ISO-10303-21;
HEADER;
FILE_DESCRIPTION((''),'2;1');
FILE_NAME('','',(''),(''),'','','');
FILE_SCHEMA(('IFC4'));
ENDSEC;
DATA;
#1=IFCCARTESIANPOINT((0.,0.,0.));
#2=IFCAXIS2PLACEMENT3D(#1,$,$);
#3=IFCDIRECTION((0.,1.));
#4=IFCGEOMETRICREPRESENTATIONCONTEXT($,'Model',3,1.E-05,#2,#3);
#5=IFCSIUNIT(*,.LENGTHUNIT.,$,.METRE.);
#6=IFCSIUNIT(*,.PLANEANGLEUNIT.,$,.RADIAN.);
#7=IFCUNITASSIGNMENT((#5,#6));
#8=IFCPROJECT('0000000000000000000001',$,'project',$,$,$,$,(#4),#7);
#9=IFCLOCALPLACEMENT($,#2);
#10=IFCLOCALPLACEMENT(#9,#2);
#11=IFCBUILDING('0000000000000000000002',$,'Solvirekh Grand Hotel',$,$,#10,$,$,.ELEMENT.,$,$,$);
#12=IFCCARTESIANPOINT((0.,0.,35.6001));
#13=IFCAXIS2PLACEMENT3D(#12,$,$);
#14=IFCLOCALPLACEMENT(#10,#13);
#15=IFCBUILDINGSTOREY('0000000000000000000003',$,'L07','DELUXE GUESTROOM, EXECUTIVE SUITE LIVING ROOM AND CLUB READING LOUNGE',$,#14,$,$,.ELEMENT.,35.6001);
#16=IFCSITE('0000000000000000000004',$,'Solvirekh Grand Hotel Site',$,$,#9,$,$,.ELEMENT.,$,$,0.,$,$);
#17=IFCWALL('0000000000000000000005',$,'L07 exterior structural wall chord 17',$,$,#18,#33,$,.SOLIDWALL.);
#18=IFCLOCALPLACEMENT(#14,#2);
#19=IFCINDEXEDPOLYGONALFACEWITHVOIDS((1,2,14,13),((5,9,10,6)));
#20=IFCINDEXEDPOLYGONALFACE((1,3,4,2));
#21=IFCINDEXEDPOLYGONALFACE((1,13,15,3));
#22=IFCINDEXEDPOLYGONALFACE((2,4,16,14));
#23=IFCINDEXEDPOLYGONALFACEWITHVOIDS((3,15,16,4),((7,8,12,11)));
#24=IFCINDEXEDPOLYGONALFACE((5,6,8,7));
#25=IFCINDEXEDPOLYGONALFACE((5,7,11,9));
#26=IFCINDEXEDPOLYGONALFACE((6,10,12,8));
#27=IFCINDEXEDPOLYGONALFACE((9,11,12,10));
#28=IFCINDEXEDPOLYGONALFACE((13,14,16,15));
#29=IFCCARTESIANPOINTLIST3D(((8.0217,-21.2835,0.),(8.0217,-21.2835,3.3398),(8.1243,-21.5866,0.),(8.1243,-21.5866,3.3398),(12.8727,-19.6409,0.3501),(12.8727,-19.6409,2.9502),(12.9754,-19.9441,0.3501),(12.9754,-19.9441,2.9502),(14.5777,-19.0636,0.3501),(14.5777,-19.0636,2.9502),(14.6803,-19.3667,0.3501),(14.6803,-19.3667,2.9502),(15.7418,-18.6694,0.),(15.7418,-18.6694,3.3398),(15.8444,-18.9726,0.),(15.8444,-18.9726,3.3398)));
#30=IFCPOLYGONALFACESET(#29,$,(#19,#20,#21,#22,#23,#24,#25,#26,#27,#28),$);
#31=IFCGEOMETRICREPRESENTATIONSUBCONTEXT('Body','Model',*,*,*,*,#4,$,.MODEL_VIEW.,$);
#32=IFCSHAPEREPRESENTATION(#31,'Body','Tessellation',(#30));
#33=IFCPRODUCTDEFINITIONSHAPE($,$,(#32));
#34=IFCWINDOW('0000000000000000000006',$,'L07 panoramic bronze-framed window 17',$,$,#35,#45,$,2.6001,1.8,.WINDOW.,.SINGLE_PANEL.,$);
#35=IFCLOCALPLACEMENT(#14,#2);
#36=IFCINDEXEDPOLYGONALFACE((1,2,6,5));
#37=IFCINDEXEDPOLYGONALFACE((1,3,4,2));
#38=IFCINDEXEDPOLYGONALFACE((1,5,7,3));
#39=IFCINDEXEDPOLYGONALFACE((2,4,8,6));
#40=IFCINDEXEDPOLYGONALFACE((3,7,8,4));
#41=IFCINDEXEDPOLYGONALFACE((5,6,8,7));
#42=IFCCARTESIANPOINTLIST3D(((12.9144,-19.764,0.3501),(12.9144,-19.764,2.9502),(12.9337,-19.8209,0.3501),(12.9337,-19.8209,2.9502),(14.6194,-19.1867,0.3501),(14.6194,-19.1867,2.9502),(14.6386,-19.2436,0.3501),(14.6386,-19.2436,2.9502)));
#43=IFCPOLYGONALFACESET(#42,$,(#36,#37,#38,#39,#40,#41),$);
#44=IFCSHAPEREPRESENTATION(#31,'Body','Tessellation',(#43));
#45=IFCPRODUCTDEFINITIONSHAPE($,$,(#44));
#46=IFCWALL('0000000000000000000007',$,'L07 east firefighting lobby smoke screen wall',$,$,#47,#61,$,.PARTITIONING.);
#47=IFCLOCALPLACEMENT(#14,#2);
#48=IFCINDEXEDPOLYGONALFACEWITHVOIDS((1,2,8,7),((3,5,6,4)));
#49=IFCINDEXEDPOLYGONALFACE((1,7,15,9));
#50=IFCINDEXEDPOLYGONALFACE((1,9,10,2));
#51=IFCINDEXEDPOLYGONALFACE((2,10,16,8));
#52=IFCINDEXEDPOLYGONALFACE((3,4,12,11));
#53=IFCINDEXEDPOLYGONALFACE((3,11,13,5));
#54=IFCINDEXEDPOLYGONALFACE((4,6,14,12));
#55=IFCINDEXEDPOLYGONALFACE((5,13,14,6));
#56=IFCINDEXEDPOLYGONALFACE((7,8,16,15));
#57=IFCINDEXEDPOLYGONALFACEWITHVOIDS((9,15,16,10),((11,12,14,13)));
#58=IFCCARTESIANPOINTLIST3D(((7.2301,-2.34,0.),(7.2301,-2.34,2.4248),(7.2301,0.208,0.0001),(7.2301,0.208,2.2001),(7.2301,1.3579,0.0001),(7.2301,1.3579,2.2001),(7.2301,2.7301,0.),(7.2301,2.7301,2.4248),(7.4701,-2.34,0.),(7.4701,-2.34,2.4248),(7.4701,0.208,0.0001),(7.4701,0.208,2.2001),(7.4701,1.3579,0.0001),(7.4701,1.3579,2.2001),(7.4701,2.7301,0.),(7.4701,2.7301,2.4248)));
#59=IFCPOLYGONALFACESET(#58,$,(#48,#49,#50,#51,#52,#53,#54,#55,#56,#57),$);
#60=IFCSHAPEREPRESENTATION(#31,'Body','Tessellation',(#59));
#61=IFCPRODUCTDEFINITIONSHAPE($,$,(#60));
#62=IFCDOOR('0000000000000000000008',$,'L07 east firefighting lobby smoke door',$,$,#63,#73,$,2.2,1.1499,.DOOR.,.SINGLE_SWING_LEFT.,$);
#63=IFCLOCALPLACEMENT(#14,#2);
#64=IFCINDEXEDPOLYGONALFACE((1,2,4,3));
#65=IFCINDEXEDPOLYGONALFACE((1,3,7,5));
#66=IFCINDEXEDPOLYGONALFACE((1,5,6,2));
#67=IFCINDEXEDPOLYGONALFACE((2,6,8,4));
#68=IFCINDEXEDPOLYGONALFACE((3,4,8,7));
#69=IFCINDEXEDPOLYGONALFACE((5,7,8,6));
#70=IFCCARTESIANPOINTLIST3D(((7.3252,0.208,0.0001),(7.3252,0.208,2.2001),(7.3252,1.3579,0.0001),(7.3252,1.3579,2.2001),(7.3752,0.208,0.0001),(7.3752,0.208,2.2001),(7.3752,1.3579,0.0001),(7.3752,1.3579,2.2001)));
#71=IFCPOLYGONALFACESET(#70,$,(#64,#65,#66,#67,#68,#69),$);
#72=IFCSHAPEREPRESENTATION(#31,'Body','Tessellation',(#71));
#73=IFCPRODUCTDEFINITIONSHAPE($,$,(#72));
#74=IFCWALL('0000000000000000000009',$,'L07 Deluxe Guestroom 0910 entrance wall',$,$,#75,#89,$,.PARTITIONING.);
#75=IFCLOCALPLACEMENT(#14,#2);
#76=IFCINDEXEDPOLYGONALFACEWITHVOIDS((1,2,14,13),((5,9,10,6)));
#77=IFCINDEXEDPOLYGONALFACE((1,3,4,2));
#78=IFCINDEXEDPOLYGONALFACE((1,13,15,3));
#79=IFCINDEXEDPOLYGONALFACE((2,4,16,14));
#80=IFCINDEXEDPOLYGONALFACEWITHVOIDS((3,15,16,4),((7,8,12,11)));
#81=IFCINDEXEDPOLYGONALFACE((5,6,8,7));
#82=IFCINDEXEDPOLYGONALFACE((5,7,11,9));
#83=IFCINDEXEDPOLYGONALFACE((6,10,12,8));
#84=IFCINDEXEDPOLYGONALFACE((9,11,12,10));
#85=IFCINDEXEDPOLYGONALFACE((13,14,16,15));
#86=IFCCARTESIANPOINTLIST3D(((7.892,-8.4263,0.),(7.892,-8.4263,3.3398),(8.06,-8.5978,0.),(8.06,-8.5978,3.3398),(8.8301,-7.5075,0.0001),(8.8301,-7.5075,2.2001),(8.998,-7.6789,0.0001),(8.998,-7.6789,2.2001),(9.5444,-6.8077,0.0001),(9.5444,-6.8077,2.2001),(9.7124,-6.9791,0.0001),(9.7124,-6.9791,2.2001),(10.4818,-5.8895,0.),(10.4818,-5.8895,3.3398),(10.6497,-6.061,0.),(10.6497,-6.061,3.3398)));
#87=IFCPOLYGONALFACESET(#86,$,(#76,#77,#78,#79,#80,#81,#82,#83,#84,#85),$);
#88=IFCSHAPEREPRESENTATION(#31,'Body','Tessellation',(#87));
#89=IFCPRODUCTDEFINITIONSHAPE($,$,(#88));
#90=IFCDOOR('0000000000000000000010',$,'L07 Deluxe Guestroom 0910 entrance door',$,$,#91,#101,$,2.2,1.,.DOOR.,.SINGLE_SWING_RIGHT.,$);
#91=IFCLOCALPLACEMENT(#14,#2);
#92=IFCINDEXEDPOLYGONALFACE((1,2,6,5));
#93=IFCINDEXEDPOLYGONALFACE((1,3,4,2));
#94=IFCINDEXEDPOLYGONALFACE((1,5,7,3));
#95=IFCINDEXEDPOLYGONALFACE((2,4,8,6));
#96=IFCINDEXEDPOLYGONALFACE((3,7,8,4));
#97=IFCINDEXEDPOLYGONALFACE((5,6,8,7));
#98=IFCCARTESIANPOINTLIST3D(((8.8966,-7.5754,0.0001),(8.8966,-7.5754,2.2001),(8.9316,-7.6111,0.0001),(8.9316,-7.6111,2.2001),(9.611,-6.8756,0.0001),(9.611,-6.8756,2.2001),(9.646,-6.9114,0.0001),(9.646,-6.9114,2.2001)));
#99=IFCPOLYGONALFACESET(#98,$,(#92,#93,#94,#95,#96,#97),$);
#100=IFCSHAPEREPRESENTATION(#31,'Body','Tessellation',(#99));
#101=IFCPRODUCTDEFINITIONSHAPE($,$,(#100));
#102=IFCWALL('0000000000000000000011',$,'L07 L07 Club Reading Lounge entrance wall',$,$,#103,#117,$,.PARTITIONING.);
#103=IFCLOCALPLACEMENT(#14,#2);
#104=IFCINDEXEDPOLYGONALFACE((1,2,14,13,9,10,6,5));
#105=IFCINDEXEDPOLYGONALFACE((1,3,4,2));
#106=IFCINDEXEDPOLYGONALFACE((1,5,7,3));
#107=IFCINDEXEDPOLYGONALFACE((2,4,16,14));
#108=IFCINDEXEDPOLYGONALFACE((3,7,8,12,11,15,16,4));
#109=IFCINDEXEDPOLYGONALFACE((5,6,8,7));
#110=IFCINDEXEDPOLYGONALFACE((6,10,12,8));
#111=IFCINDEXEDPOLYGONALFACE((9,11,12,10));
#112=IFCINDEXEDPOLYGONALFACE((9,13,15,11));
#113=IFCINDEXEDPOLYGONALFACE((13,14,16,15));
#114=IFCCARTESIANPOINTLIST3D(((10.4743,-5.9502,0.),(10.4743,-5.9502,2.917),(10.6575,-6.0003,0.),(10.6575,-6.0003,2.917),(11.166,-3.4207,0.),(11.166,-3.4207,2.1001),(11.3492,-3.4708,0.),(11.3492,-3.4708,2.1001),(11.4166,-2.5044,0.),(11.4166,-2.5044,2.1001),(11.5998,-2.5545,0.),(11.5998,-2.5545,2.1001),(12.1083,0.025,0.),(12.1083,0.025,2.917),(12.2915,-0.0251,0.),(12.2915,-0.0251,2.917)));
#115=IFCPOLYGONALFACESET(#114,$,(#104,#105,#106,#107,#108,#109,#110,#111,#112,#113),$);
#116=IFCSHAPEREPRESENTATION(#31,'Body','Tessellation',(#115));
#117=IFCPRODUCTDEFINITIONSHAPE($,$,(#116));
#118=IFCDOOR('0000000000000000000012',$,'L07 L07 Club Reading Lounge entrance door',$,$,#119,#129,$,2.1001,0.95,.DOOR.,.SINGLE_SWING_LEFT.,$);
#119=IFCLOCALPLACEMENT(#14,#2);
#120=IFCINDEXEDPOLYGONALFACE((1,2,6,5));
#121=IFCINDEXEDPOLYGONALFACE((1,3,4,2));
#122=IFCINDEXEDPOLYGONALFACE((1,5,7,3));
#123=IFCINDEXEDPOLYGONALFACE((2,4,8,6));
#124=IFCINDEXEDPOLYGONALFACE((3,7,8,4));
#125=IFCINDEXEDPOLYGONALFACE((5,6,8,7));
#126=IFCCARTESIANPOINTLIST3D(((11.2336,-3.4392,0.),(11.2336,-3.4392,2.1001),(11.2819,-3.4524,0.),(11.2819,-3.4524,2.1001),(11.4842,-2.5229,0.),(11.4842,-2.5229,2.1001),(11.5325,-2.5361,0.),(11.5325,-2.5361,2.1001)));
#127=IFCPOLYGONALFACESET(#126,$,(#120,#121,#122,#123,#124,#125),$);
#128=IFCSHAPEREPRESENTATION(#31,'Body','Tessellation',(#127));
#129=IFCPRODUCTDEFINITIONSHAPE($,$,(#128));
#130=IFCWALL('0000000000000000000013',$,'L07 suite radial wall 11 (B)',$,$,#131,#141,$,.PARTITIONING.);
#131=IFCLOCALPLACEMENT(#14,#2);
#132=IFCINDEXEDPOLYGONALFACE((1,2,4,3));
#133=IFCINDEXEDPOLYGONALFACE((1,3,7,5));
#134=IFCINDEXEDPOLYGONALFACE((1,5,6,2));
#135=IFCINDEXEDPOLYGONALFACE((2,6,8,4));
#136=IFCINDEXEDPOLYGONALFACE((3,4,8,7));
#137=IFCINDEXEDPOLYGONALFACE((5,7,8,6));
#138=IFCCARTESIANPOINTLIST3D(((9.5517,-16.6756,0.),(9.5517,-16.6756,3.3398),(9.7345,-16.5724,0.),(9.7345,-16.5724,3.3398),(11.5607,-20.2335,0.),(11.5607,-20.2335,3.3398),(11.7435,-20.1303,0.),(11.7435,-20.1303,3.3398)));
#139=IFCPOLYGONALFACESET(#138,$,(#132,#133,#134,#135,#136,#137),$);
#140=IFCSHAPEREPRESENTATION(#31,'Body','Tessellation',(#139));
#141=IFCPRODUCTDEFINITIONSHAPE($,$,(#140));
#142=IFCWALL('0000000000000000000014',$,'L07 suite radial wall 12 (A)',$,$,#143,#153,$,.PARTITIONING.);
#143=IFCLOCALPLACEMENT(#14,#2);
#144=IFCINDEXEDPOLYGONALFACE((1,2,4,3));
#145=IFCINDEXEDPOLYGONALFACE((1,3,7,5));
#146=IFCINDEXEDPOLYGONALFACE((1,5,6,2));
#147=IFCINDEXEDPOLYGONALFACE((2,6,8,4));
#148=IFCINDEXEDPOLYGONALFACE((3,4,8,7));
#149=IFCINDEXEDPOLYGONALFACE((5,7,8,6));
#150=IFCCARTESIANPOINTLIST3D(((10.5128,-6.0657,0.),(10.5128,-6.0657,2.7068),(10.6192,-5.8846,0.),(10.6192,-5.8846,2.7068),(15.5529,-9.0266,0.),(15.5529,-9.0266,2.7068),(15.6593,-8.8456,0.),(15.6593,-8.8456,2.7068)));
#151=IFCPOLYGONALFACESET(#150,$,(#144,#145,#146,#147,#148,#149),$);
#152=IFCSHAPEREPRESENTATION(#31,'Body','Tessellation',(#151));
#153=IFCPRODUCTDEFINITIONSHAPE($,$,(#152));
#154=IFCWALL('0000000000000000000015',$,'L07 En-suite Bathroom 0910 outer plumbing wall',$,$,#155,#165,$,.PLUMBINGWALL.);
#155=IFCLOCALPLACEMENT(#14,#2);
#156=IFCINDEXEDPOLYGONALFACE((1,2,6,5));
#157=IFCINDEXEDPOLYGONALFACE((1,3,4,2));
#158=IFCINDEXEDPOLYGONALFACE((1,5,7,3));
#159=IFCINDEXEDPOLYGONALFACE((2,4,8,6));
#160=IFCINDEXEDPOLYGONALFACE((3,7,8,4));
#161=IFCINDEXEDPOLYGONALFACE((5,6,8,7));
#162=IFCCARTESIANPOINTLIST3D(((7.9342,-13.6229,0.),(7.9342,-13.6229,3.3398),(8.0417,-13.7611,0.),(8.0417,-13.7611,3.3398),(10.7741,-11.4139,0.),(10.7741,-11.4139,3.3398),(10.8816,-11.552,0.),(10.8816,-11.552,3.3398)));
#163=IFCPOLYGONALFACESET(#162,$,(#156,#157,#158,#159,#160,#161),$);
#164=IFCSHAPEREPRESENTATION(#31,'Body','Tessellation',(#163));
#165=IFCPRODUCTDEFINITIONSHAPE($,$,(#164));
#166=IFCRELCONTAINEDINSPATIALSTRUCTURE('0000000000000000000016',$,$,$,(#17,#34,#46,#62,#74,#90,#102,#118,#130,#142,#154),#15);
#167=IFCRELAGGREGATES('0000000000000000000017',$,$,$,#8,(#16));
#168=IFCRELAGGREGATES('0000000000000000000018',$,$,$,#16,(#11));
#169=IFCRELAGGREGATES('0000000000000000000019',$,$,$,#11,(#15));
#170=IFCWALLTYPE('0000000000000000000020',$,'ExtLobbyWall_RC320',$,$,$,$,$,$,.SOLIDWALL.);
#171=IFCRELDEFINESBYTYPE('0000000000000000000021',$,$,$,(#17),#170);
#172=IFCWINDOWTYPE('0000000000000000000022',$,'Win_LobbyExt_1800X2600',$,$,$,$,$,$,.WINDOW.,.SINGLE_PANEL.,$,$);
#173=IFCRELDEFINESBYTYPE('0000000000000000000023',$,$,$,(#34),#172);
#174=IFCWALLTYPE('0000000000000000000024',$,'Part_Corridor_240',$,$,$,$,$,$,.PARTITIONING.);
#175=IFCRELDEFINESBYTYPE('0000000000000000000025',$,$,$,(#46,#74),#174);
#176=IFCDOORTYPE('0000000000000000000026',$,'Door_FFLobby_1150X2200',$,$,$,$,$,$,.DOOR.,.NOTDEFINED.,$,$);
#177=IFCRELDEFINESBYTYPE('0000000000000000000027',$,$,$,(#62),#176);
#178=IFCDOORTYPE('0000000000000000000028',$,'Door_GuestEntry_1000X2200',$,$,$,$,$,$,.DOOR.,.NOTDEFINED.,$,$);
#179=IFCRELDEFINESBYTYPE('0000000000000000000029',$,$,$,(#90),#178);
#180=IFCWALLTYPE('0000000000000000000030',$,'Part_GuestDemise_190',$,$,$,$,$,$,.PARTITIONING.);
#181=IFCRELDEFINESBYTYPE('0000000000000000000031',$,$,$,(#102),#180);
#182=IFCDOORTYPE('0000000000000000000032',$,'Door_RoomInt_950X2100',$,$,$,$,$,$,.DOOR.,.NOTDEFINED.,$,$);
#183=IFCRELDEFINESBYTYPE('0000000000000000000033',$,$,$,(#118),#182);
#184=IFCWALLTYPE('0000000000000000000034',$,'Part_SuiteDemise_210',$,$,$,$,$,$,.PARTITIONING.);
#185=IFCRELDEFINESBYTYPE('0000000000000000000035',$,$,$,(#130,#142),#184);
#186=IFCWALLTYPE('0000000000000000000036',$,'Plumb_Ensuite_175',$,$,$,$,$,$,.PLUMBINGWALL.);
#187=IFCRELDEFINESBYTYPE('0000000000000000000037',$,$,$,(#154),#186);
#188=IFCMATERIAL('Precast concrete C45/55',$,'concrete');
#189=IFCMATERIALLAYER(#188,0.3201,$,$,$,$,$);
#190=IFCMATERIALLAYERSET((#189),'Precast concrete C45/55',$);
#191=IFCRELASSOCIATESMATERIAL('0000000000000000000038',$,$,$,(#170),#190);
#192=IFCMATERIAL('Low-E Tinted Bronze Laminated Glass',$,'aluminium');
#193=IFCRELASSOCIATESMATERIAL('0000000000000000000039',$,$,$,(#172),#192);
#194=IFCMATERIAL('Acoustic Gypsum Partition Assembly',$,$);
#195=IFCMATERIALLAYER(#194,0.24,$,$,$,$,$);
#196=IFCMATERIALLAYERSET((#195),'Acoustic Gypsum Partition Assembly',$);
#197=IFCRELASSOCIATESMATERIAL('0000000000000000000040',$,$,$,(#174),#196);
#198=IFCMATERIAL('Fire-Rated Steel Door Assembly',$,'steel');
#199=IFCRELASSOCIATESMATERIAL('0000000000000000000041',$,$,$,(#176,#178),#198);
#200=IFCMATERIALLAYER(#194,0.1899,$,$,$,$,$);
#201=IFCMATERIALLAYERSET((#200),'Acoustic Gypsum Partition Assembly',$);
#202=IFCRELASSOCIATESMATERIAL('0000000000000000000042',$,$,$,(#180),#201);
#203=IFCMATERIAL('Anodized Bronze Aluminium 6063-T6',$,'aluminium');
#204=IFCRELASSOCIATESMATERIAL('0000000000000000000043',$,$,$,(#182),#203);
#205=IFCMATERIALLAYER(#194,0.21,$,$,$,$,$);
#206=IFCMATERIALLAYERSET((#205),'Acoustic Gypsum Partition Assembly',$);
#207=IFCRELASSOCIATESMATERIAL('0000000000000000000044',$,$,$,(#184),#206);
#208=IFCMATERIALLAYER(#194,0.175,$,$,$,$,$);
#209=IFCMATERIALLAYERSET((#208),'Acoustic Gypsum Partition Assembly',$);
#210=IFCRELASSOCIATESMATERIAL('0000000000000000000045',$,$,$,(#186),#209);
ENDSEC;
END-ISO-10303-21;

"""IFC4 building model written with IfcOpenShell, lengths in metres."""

from ifc_helpers import new_model, si_unit, direction, frame, frame_2d, origin, place, context, subcontext, project, spatial, rectangle, extrude, material, layer, layer_set, type_object, element, fill, save


model = new_model("IFC4")

# Units and contexts
model_context = context("Model", 3, precision=1e-05, world=origin(), true_north=direction((0.0, 1.0)))
body_context = subcontext(model_context, "Body", "Model", "MODEL_VIEW")
ifc_project = project(units=[si_unit("LENGTHUNIT", "METRE"), si_unit("PLANEANGLEUNIT", "RADIAN")], contexts=[model_context])

# Site, building, storey
site_placement = place(None, origin())
site = spatial("IfcSite", under=ifc_project, at=site_placement, Name="Solvirekh Grand Hotel Site", CompositionType="ELEMENT", RefElevation=0.0)
building_placement = place(site_placement, origin())
building = spatial("IfcBuilding", under=site, at=building_placement, Name="Solvirekh Grand Hotel", CompositionType="ELEMENT")
storey_placement = place(building_placement, frame((0.0, 0.0, 35.6001)))
storey = spatial("IfcBuildingStorey", under=building, at=storey_placement, Name="L07", Description="DELUXE GUESTROOM, EXECUTIVE SUITE LIVING ROOM AND CLUB READING LOUNGE", CompositionType="ELEMENT", Elevation=35.6001)

# Wall, opening, window
ifc_material_1 = material(Name="Precast concrete C45/55", Category="concrete")
ifc_layer_1 = layer(ifc_material_1, 0.3201)
ifc_layer_set_1 = layer_set([ifc_layer_1], Name="Precast concrete C45/55")
wall_type_1 = type_object("IfcWallType", Name="ExtLobbyWall_RC320", PredefinedType="SOLIDWALL", material=ifc_layer_set_1)
ifc_material_2 = material(Name="Low-E Tinted Bronze Laminated Glass", Category="aluminium")
window_type = type_object("IfcWindowType", Name="Win_LobbyExt_1800X2600", PartitioningType="SINGLE_PANEL", PredefinedType="WINDOW", material=ifc_material_2)
wall_1_placement = place(storey_placement, frame((15.793, -18.821, 0.0), z_axis=(0.0, 0.0, 1.0), x_axis=(-0.947175, -0.320717, 0.0)))
wall_1 = element("IfcWall", 1, at=wall_1_placement, inside=storey, type_object=wall_type_1, Name="L07 exterior structural wall chord 17", PredefinedType="SOLIDWALL", context=body_context, shape_type="SweptSolid", body=[
    extrude(rectangle(XDim=8.1506, YDim=0.3201, at=frame_2d((4.0752, 0.0))), origin(), (0.0, 0.0, 1.0), 3.3398),
])
opening_1_placement = place(wall_1_placement, frame((1.229, 0.0, 0.3501)))
opening_1 = element("IfcOpeningElement", 2, at=opening_1_placement, cuts=wall_1, PredefinedType="OPENING", context=body_context, shape_type="SweptSolid", body=[
    extrude(rectangle(XDim=1.8, YDim=2.6001, at=frame_2d((0.8999, 1.3))), frame((0.0, 0.1699, 0.0), z_axis=(0.0, -1.0, 0.0), x_axis=(1.0, 0.0, 0.0)), (0.0, 0.0, 1.0), 0.3401),
])
window_1_placement = place(opening_1_placement, origin())
window_1 = element("IfcWindow", 3, at=window_1_placement, inside=storey, type_object=window_type, Name="L07 panoramic bronze-framed window 17", OverallHeight=2.6001, OverallWidth=1.8, PartitioningType="SINGLE_PANEL", PredefinedType="WINDOW", context=body_context, shape_type="SweptSolid", body=[
    extrude(rectangle(XDim=1.8, YDim=2.6001, at=frame_2d((0.8999, 1.3))), frame((0.0, 0.03, 0.0), z_axis=(0.0, -1.0, 0.0), x_axis=(1.0, 0.0, 0.0)), (0.0, 0.0, 1.0), 0.0601),
])
fill(opening_1, window_1)

# Walls, openings, doors
ifc_material_3 = material(Name="Acoustic Gypsum Partition Assembly")
ifc_layer_2 = layer(ifc_material_3, 0.24)
ifc_layer_set_2 = layer_set([ifc_layer_2], Name="Acoustic Gypsum Partition Assembly")
wall_type_2 = type_object("IfcWallType", Name="Part_Corridor_240", PredefinedType="PARTITIONING", material=ifc_layer_set_2)
wall_2_placement = place(storey_placement, frame((7.3501, -2.3401, 0.0), z_axis=(0.0, 0.0, 1.0), x_axis=(0.0, 1.0, 0.0)))
wall_2 = element("IfcWall", 4, at=wall_2_placement, inside=storey, type_object=wall_type_2, Name="L07 east firefighting lobby smoke screen wall", PredefinedType="PARTITIONING", context=body_context, shape_type="SweptSolid", body=[
    extrude(rectangle(XDim=5.0701, YDim=0.24, at=frame_2d((2.5352, 0.0))), origin(), (0.0, 0.0, 1.0), 2.4248),
])
opening_2_placement = place(wall_2_placement, frame((2.5481, 0.0, 0.0)))
opening_2 = element("IfcOpeningElement", 5, at=opening_2_placement, cuts=wall_2, PredefinedType="OPENING", context=body_context, shape_type="SweptSolid", body=[
    extrude(rectangle(XDim=1.1499, YDim=2.2, at=frame_2d((0.575, 1.1001))), frame((0.0, 0.1299, 0.0), z_axis=(0.0, -1.0, 0.0), x_axis=(1.0, 0.0, 0.0)), (0.0, 0.0, 1.0), 0.26),
])
ifc_material_4 = material(Name="Fire-Rated Steel Door Assembly", Category="steel")
door_type_1 = type_object("IfcDoorType", Name="Door_FFLobby_1150X2200", OperationType="NOTDEFINED", PredefinedType="DOOR", material=ifc_material_4)
door_1_placement = place(opening_2_placement, origin())
door_1 = element("IfcDoor", 6, at=door_1_placement, inside=storey, type_object=door_type_1, Name="L07 east firefighting lobby smoke door", OperationType="SINGLE_SWING_LEFT", OverallHeight=2.2, OverallWidth=1.1499, PredefinedType="DOOR", context=body_context, shape_type="SweptSolid", body=[
    extrude(rectangle(XDim=1.1499, YDim=2.2, at=frame_2d((0.575, 1.1001))), frame((0.0, 0.0249, 0.0), z_axis=(0.0, -1.0, 0.0), x_axis=(1.0, 0.0, 0.0)), (0.0, 0.0, 1.0), 0.05),
])
fill(opening_2, door_1)
wall_3_placement = place(storey_placement, frame((7.9761, -8.512, 0.0), z_axis=(0.0, 0.0, 1.0), x_axis=(0.714376, 0.699762, 0.0)))
wall_3 = element("IfcWall", 7, at=wall_3_placement, inside=storey, type_object=wall_type_2, Name="L07 Deluxe Guestroom 0910 entrance wall", PredefinedType="PARTITIONING", context=body_context, shape_type="SweptSolid", body=[
    extrude(rectangle(XDim=3.6252, YDim=0.24, at=frame_2d((1.8125, 0.0))), origin(), (0.0, 0.0, 1.0), 3.3398),
])
opening_3_placement = place(wall_3_placement, frame((1.313, 0.0, 0.0)))
opening_3 = element("IfcOpeningElement", 8, at=opening_3_placement, cuts=wall_3, PredefinedType="OPENING", context=body_context, shape_type="SweptSolid", body=[
    extrude(rectangle(XDim=1.0, YDim=2.2, at=frame_2d((0.5, 1.1001))), frame((0.0, 0.1299, 0.0), z_axis=(0.0, -1.0, 0.0), x_axis=(1.0, 0.0, 0.0)), (0.0, 0.0, 1.0), 0.26),
])
door_type_2 = type_object("IfcDoorType", Name="Door_GuestEntry_1000X2200", OperationType="NOTDEFINED", PredefinedType="DOOR", material=ifc_material_4)
door_2_placement = place(opening_3_placement, origin())
door_2 = element("IfcDoor", 9, at=door_2_placement, inside=storey, type_object=door_type_2, Name="L07 Deluxe Guestroom 0910 entrance door", OperationType="SINGLE_SWING_RIGHT", OverallHeight=2.2, OverallWidth=1.0, PredefinedType="DOOR", context=body_context, shape_type="SweptSolid", body=[
    extrude(rectangle(XDim=1.0, YDim=2.2, at=frame_2d((0.5, 1.1001))), frame((0.0, 0.0249, 0.0), z_axis=(0.0, -1.0, 0.0), x_axis=(1.0, 0.0, 0.0)), (0.0, 0.0, 1.0), 0.05),
])
fill(opening_3, door_2)
ifc_layer_3 = layer(ifc_material_3, 0.1899)
ifc_layer_set_3 = layer_set([ifc_layer_3], Name="Acoustic Gypsum Partition Assembly")
wall_type_3 = type_object("IfcWallType", Name="Part_GuestDemise_190", PredefinedType="PARTITIONING", material=ifc_layer_set_3)
wall_4_placement = place(storey_placement, frame((10.5659, -5.9751, 0.0), z_axis=(0.0, 0.0, 1.0), x_axis=(0.263788, 0.964581, 0.0)))
wall_4 = element("IfcWall", 10, at=wall_4_placement, inside=storey, type_object=wall_type_3, Name="L07 L07 Club Reading Lounge entrance wall", PredefinedType="PARTITIONING", context=body_context, shape_type="SweptSolid", body=[
    extrude(rectangle(XDim=6.1946, YDim=0.1899, at=frame_2d((3.0972, 0.0))), origin(), (0.0, 0.0, 1.0), 2.917),
])
opening_4_placement = place(wall_4_placement, frame((2.6221, 0.0, 0.0)))
opening_4 = element("IfcOpeningElement", 11, at=opening_4_placement, cuts=wall_4, PredefinedType="OPENING", context=body_context, shape_type="SweptSolid", body=[
    extrude(rectangle(XDim=0.95, YDim=2.1001, at=frame_2d((0.4751, 1.05))), frame((0.0, 0.105, 0.0), z_axis=(0.0, -1.0, 0.0), x_axis=(1.0, 0.0, 0.0)), (0.0, 0.0, 1.0), 0.21),
])
ifc_material_5 = material(Name="Anodized Bronze Aluminium 6063-T6", Category="aluminium")
door_type_3 = type_object("IfcDoorType", Name="Door_RoomInt_950X2100", OperationType="NOTDEFINED", PredefinedType="DOOR", material=ifc_material_5)
door_3_placement = place(opening_4_placement, origin())
door_3 = element("IfcDoor", 12, at=door_3_placement, inside=storey, type_object=door_type_3, Name="L07 L07 Club Reading Lounge entrance door", OperationType="SINGLE_SWING_LEFT", OverallHeight=2.1001, OverallWidth=0.95, PredefinedType="DOOR", context=body_context, shape_type="SweptSolid", body=[
    extrude(rectangle(XDim=0.95, YDim=2.1001, at=frame_2d((0.4751, 1.05))), frame((0.0, 0.0249, 0.0), z_axis=(0.0, -1.0, 0.0), x_axis=(1.0, 0.0, 0.0)), (0.0, 0.0, 1.0), 0.05),
])
fill(opening_4, door_3)

# Walls
ifc_layer_4 = layer(ifc_material_3, 0.21)
ifc_layer_set_4 = layer_set([ifc_layer_4], Name="Acoustic Gypsum Partition Assembly")
wall_type_4 = type_object("IfcWallType", Name="Part_SuiteDemise_210", PredefinedType="PARTITIONING", material=ifc_layer_set_4)
wall_5_placement = place(storey_placement, frame((9.6431, -16.624, 0.0), z_axis=(0.0, 0.0, 1.0), x_axis=(0.491699, -0.870765, 0.0)))
element("IfcWall", 13, at=wall_5_placement, inside=storey, type_object=wall_type_4, Name="L07 suite radial wall 11 (B)", PredefinedType="PARTITIONING", context=body_context, shape_type="SweptSolid", body=[
    extrude(rectangle(XDim=4.0859, YDim=0.21, at=frame_2d((2.043, 0.0))), origin(), (0.0, 0.0, 1.0), 3.3398),
])
wall_6_placement = place(storey_placement, frame((10.5659, -5.9751, 0.0), z_axis=(0.0, 0.0, 1.0), x_axis=(0.862218, -0.506538, 0.0)))
element("IfcWall", 14, at=wall_6_placement, inside=storey, type_object=wall_type_4, Name="L07 suite radial wall 12 (A)", PredefinedType="PARTITIONING", context=body_context, shape_type="SweptSolid", body=[
    extrude(rectangle(XDim=5.8455, YDim=0.21, at=frame_2d((2.9229, 0.0))), origin(), (0.0, 0.0, 1.0), 2.7068),
])
ifc_layer_5 = layer(ifc_material_3, 0.175)
ifc_layer_set_5 = layer_set([ifc_layer_5], Name="Acoustic Gypsum Partition Assembly")
wall_type_5 = type_object("IfcWallType", Name="Plumb_Ensuite_175", PredefinedType="PLUMBINGWALL", material=ifc_layer_set_5)
wall_7_placement = place(storey_placement, frame((7.988, -13.6919, 0.0), z_axis=(0.0, 0.0, 1.0), x_axis=(0.789323, 0.613978, 0.0)))
element("IfcWall", 15, at=wall_7_placement, inside=storey, type_object=wall_type_5, Name="L07 En-suite Bathroom 0910 outer plumbing wall", PredefinedType="PLUMBINGWALL", context=body_context, shape_type="SweptSolid", body=[
    extrude(rectangle(XDim=3.5979, YDim=0.175, at=frame_2d((1.7988, 0.0))), origin(), (0.0, 0.0, 1.0), 3.3398),
])

save(model, "model.ifc")
